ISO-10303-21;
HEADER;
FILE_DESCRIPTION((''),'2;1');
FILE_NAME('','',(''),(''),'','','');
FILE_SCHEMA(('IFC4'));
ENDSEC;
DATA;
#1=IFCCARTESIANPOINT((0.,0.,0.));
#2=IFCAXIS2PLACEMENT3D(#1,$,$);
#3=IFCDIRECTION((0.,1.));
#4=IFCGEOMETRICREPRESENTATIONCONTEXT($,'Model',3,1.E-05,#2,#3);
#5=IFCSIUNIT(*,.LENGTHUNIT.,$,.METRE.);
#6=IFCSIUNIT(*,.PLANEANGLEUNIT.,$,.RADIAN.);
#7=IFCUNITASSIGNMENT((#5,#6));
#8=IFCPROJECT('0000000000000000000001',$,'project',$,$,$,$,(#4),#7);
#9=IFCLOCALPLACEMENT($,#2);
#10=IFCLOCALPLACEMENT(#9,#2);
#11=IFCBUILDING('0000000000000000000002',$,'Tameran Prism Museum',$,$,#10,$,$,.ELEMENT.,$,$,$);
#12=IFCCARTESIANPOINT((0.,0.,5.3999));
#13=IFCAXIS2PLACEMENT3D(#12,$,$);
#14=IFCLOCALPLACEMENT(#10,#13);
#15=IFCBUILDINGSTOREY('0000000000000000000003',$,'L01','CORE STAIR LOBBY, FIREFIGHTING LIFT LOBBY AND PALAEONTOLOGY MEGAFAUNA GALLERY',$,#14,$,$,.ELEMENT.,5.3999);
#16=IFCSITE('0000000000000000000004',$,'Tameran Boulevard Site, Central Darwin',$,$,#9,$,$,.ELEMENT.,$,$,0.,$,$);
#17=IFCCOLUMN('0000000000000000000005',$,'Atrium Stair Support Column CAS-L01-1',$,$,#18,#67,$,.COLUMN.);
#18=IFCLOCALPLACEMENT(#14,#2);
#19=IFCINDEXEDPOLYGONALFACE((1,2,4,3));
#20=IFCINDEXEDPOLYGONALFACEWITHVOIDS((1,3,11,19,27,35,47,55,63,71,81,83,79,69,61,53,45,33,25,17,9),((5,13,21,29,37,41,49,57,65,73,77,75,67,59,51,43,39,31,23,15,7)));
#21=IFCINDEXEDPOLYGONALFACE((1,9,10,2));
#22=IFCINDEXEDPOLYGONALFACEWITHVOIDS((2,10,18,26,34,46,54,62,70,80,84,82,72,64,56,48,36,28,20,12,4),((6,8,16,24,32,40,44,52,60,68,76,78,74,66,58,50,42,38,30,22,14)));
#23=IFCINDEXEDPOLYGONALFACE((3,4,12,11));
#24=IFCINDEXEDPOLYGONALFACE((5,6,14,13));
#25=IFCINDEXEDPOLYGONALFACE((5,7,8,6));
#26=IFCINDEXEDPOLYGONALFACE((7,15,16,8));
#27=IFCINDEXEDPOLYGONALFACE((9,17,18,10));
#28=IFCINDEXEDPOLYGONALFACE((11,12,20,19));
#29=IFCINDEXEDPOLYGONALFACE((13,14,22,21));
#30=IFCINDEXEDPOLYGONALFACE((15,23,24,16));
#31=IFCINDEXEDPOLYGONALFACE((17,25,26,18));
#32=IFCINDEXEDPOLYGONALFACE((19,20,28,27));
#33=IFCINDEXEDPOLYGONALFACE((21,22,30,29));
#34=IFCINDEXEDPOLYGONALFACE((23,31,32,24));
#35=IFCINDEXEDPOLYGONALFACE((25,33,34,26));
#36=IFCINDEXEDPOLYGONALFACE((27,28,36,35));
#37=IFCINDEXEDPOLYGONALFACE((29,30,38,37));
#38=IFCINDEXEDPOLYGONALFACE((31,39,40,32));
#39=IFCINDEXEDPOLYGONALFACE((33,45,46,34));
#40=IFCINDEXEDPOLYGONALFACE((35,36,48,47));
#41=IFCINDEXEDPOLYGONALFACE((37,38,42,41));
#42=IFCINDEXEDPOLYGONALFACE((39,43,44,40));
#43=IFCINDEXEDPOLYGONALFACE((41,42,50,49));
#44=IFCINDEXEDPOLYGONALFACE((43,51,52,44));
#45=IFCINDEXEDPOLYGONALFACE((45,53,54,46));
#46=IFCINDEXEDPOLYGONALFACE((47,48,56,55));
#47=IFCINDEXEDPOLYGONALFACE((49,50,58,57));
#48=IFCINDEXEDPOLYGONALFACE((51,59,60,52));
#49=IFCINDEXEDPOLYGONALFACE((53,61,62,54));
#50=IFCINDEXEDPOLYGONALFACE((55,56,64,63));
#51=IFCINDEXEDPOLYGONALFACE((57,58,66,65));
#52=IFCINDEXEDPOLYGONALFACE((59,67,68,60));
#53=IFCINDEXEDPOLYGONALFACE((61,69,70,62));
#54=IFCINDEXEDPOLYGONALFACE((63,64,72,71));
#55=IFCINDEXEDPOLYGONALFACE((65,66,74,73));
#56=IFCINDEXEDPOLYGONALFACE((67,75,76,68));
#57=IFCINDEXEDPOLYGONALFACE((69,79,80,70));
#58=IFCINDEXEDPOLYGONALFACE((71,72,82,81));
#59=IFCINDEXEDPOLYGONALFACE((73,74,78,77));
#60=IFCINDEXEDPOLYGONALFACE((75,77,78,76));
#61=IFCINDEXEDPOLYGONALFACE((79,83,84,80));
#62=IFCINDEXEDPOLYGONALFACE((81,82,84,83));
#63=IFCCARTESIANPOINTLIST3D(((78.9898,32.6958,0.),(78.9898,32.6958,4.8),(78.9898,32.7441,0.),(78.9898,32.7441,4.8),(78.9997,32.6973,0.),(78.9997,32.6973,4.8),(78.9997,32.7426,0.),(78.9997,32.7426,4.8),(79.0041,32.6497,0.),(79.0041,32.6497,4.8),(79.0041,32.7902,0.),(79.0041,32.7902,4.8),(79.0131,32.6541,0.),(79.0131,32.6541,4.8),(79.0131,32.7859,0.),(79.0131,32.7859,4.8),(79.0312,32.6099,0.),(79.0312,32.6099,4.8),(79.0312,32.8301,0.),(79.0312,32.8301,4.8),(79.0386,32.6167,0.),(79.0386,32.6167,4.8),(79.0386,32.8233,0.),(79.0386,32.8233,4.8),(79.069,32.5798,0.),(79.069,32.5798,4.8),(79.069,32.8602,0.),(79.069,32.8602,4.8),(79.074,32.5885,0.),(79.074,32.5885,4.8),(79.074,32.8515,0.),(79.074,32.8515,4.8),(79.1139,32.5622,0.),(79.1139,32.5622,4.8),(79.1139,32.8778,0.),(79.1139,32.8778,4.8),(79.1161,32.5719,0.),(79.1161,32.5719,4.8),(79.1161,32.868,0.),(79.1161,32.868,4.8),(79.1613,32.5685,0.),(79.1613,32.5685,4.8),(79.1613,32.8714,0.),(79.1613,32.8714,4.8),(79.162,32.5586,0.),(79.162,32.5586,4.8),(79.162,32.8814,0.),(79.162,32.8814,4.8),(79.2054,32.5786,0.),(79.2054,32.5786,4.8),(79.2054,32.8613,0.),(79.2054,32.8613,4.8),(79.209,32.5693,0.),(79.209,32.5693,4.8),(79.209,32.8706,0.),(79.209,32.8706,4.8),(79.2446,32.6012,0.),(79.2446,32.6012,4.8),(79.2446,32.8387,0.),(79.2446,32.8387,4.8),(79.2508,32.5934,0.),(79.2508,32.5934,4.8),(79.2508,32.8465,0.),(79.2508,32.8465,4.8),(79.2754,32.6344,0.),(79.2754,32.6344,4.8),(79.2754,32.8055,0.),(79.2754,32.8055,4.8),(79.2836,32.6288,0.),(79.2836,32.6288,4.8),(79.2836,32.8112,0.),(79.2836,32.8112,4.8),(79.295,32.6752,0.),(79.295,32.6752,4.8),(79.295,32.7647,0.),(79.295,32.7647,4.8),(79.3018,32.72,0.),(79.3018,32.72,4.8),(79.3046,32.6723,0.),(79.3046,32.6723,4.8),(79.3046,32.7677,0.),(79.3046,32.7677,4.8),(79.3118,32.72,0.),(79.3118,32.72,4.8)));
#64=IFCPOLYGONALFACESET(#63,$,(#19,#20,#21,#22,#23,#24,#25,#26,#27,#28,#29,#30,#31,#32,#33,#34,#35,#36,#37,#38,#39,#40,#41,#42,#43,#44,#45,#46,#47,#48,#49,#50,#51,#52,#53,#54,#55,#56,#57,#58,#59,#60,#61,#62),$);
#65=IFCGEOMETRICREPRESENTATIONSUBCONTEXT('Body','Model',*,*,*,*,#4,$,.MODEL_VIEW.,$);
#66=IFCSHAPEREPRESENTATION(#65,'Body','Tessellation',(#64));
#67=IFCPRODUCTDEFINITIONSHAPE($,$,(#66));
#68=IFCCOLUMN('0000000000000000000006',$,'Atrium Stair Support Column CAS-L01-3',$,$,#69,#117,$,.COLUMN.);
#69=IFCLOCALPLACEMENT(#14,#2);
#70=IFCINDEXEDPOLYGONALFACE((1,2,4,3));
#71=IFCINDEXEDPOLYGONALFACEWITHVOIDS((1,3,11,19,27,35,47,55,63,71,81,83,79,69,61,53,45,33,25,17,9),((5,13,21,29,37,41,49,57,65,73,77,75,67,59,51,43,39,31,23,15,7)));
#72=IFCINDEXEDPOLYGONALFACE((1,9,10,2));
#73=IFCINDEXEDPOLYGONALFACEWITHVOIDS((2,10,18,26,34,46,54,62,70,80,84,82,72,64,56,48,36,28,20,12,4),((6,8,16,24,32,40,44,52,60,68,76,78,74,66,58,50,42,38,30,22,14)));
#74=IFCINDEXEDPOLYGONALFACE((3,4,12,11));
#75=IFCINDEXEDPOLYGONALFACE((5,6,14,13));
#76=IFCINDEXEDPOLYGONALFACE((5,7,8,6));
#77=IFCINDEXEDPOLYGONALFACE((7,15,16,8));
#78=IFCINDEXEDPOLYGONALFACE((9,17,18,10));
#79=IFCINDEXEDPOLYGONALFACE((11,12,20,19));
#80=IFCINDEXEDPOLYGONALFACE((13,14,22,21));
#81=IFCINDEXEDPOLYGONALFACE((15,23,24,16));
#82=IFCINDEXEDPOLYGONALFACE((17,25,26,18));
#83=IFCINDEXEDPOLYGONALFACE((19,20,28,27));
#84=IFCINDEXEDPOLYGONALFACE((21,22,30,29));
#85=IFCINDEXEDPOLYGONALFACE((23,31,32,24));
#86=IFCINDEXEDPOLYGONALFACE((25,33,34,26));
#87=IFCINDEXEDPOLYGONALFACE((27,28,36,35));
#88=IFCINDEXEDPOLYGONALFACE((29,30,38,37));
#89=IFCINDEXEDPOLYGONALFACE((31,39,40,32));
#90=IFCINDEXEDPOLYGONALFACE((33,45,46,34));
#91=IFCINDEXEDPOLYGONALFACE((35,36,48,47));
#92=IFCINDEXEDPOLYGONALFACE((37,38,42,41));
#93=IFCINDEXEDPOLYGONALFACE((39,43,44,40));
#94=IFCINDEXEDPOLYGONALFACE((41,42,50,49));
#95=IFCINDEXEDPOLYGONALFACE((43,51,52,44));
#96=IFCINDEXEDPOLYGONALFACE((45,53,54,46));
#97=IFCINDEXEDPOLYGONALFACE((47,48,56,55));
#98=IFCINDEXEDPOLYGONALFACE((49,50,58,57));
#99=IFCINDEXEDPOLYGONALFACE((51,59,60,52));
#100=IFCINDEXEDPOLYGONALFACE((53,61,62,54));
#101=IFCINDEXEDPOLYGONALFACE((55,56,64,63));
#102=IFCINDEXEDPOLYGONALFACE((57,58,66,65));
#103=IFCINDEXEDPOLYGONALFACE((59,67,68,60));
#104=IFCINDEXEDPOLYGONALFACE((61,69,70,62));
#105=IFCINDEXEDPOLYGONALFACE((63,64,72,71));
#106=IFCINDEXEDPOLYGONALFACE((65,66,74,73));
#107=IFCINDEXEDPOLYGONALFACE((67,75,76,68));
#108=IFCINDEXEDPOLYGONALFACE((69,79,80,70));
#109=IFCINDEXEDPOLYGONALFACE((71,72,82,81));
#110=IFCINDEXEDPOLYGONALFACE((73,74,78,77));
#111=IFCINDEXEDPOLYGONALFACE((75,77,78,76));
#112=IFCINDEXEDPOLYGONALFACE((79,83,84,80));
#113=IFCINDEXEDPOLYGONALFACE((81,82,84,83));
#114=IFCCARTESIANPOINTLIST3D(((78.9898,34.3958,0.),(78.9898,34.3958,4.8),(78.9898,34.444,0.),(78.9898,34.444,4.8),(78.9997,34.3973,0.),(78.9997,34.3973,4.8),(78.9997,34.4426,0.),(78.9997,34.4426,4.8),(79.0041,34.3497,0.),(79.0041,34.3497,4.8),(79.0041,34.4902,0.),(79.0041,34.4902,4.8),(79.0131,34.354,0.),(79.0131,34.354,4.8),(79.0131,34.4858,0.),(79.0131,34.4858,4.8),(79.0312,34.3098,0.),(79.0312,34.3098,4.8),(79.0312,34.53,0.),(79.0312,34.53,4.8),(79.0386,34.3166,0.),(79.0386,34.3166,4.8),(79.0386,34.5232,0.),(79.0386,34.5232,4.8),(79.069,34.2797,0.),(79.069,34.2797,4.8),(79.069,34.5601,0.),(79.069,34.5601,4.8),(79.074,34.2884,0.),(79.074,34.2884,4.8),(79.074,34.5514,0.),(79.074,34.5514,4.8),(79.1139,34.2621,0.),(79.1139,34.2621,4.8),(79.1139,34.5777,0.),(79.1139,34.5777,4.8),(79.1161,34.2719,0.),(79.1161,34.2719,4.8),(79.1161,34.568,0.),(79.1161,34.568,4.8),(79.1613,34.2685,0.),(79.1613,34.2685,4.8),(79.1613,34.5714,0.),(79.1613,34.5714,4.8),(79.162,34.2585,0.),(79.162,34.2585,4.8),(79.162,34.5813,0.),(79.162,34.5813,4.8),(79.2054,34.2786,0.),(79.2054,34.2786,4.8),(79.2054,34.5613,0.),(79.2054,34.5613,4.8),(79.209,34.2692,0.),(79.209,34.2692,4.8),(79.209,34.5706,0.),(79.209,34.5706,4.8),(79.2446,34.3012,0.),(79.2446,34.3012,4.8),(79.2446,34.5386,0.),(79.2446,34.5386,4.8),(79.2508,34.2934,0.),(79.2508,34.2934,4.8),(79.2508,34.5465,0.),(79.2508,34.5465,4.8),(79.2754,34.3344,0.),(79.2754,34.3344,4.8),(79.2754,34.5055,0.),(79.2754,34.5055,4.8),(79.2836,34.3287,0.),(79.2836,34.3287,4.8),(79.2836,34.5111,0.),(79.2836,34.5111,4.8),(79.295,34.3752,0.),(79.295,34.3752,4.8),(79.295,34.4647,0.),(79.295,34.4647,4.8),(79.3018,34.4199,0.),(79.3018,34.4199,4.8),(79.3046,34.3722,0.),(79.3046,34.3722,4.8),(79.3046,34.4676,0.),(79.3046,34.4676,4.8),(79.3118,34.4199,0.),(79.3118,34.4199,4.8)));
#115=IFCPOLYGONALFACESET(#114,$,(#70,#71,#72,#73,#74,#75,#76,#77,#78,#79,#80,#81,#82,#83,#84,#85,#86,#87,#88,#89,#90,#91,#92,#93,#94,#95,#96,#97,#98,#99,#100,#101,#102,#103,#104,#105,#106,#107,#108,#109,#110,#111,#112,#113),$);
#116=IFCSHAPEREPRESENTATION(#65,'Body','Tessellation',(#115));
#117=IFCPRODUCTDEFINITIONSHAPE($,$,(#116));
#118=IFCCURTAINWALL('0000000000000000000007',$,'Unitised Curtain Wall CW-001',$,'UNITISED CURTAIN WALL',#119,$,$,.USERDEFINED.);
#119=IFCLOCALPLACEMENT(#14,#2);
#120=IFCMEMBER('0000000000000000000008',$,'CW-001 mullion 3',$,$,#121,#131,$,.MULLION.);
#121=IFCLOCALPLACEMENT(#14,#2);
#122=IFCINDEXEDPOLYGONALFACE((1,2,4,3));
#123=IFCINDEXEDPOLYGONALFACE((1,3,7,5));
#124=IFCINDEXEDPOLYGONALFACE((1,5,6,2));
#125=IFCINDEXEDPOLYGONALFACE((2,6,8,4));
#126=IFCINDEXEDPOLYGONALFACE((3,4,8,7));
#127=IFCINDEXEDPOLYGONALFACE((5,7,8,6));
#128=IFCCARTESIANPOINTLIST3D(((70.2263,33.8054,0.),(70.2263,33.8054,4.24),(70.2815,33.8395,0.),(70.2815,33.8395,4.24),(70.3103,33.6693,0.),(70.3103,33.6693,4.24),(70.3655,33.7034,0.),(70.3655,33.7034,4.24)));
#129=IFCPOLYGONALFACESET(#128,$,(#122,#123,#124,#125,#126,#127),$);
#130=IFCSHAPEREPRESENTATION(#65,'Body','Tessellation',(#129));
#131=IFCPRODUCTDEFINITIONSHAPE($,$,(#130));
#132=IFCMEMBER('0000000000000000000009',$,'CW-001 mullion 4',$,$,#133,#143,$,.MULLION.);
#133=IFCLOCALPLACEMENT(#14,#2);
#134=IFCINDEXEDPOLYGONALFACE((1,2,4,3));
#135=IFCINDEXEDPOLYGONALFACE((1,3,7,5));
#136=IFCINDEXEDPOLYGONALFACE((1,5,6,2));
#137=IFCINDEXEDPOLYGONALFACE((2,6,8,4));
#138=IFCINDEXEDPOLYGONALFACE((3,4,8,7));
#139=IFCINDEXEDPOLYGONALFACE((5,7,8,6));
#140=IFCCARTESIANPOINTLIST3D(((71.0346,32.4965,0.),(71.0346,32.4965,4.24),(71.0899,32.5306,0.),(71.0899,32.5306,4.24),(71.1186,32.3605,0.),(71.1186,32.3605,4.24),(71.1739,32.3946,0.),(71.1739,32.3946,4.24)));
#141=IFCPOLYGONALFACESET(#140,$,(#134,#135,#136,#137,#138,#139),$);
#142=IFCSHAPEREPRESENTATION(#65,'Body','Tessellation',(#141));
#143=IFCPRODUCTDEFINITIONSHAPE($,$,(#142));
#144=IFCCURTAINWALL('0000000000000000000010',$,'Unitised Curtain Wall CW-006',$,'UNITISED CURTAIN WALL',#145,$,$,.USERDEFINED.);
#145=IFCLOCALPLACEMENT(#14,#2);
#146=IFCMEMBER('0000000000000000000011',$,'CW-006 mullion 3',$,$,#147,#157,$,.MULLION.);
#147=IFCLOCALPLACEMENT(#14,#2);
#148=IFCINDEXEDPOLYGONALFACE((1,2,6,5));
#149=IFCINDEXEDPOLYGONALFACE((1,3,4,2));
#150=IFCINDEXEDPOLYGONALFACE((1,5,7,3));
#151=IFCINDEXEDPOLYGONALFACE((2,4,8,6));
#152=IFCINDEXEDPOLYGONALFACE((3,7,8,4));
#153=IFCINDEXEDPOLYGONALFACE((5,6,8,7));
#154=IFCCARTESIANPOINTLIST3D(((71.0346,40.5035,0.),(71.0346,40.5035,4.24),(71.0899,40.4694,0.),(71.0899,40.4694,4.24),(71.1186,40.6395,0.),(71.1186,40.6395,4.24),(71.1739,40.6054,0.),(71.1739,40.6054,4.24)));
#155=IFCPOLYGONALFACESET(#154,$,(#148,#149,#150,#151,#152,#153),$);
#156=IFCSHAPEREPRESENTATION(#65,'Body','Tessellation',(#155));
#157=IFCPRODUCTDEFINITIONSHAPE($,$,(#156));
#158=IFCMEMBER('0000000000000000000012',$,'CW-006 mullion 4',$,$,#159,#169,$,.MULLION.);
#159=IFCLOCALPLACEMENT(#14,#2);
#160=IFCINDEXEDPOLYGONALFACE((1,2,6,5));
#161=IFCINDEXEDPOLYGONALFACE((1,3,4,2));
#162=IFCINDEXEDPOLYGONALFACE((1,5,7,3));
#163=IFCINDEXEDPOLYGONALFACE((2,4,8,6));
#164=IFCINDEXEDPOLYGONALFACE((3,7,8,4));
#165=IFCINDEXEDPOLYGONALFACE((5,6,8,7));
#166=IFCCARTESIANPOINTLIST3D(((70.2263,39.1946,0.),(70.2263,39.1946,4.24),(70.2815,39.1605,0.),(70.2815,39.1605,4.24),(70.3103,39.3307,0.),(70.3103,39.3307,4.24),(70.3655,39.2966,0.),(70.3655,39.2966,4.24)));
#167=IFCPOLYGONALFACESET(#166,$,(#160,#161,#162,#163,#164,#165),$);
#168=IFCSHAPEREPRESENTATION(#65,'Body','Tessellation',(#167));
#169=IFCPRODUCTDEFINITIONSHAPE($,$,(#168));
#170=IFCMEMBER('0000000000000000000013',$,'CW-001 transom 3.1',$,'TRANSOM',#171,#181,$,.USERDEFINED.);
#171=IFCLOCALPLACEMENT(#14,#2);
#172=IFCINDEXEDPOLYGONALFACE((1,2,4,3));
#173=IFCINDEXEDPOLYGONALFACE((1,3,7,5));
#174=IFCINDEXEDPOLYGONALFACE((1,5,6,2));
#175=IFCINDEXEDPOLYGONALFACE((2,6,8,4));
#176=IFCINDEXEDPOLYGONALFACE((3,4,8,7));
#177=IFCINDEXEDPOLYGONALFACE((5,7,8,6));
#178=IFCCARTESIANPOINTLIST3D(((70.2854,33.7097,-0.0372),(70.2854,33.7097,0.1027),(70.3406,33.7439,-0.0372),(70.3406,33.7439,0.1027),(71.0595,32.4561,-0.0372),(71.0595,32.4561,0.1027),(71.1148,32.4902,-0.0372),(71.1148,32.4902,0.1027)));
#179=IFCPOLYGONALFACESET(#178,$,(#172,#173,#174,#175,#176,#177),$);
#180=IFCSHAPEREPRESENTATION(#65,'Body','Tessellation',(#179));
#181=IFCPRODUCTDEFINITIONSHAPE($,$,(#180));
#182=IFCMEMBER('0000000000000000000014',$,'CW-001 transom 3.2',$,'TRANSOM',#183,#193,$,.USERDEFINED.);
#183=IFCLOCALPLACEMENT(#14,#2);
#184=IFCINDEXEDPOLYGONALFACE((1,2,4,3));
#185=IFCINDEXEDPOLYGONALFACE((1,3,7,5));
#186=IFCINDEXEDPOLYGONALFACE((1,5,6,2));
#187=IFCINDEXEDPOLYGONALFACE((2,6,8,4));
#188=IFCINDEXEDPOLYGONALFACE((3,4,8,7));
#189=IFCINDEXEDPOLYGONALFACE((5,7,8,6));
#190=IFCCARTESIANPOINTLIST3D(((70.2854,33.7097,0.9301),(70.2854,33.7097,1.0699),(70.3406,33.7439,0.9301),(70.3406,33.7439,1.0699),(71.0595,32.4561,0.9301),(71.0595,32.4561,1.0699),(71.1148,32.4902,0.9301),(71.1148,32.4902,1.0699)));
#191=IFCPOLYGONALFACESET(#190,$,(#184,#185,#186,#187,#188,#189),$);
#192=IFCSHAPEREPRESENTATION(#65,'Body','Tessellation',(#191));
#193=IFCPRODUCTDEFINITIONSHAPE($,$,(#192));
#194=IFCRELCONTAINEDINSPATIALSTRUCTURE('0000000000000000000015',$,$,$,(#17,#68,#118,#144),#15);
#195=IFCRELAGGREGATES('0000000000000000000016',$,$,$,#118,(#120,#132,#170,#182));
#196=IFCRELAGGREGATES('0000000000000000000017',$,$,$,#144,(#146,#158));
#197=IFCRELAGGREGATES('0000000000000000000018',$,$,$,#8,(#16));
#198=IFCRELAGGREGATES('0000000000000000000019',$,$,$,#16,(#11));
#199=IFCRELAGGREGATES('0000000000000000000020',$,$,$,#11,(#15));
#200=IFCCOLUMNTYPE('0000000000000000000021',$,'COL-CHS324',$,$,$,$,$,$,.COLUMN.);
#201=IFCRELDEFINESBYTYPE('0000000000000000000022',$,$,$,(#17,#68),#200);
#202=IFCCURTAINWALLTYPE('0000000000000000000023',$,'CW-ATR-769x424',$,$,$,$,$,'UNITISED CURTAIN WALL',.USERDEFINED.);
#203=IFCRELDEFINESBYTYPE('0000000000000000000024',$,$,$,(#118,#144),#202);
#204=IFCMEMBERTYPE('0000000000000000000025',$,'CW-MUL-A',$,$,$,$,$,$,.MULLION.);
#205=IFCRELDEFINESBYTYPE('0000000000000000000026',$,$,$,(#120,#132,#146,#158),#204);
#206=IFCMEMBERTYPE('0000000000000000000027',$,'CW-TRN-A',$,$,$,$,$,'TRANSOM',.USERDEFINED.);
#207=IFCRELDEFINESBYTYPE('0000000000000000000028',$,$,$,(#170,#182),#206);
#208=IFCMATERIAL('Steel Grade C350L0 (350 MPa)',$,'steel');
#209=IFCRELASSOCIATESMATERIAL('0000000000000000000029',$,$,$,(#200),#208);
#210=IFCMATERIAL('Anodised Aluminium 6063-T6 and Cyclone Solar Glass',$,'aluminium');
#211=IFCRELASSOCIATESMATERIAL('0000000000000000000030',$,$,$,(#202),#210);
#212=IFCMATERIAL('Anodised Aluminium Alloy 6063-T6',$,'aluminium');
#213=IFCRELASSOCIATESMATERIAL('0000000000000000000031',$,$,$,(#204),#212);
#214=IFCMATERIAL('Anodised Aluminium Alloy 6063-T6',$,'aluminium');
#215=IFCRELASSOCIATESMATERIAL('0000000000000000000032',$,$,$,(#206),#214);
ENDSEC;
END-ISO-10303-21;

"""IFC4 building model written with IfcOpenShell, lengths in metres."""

from ifc_helpers import new_model, si_unit, direction, frame, origin, origin_2d, place, context, subcontext, project, spatial, rectangle, hollow_circle, extrude, material, material_profile, profile_set, type_object, element, aggregate, save


model = new_model("IFC4")

# Units and contexts
model_context = context("Model", 3, precision=1e-05, world=origin(), true_north=direction((0.0, 1.0)))
body_context = subcontext(model_context, "Body", "Model", "MODEL_VIEW")
ifc_project = project(units=[si_unit("LENGTHUNIT", "METRE"), si_unit("PLANEANGLEUNIT", "RADIAN")], contexts=[model_context])

# Site, building, storey
site_placement = place(None, origin())
site = spatial("IfcSite", under=ifc_project, at=site_placement, Name="Tameran Boulevard Site, Central Darwin", CompositionType="ELEMENT", RefElevation=0.0)
building_placement = place(site_placement, origin())
building = spatial("IfcBuilding", under=site, at=building_placement, Name="Tameran Prism Museum", CompositionType="ELEMENT")
storey_placement = place(building_placement, frame((0.0, 0.0, 5.3999)))
storey = spatial("IfcBuildingStorey", under=building, at=storey_placement, Name="L01", Description="CORE STAIR LOBBY, FIREFIGHTING LIFT LOBBY AND PALAEONTOLOGY MEGAFAUNA GALLERY", CompositionType="ELEMENT", Elevation=5.3999)

# Columns
ifc_material_1 = material(Name="Steel Grade C350L0 (350 MPa)", Category="steel")
ifc_material_profile_1 = material_profile(ifc_material_1, hollow_circle(Radius=0.1619, WallThickness=0.01, at=origin_2d()))
ifc_profile_set_1 = profile_set([ifc_material_profile_1])
column_type = type_object("IfcColumnType", Name="COL-CHS324", PredefinedType="COLUMN", material=ifc_profile_set_1)
for number, where, z_axis, x_axis, name in (
    (1, (79.1499, 32.72, 0.0), (0.0, 0.0, 1.0), (1.0, 0.0, 0.0), "Atrium Stair Support Column CAS-L01-1"),
    (2, (79.1499, 34.4199, 0.0), (0.0, 0.0, 1.0), (1.0, 0.0, 0.0), "Atrium Stair Support Column CAS-L01-3"),
):
    element("IfcColumn", number, at=place(storey_placement, frame(where, z_axis=z_axis, x_axis=x_axis)), inside=storey, type_object=column_type, Name=name, PredefinedType="COLUMN", context=body_context, shape_type="SweptSolid", body=[
        extrude(hollow_circle(Radius=0.1619, WallThickness=0.01, at=origin_2d()), origin(), (0.0, 0.0, 1.0), 4.8),
    ])

# Curtain walls, members
ifc_material_2 = material(Name="Anodised Aluminium 6063-T6 and Cyclone Solar Glass", Category="aluminium")
curtain_wall_type = type_object("IfcCurtainWallType", Name="CW-ATR-769x424", ElementType="UNITISED CURTAIN WALL", PredefinedType="USERDEFINED", material=ifc_material_2)
curtain_wall_1_placement = place(storey_placement, origin())
curtain_wall_1 = element("IfcCurtainWall", 3, at=curtain_wall_1_placement, inside=storey, type_object=curtain_wall_type, Name="Unitised Curtain Wall CW-001", ObjectType="UNITISED CURTAIN WALL", PredefinedType="USERDEFINED")
ifc_material_3 = material(Name="Anodised Aluminium Alloy 6063-T6", Category="aluminium")
ifc_material_profile_2 = material_profile(ifc_material_3, rectangle(XDim=0.0649, YDim=0.1599, at=origin_2d()))
ifc_profile_set_2 = profile_set([ifc_material_profile_2])
member_type_1 = type_object("IfcMemberType", Name="CW-MUL-A", PredefinedType="MULLION", material=ifc_profile_set_2)
member_1_placement = place(storey_placement, frame((70.2959, 33.7544, 0.0), z_axis=(0.0, 0.0, 1.0), x_axis=(0.850791, 0.525504, 0.0)))
member_1 = element("IfcMember", 4, at=member_1_placement, type_object=member_type_1, Name="CW-001 mullion 3", PredefinedType="MULLION", context=body_context, shape_type="SweptSolid", body=[
    extrude(rectangle(XDim=0.0649, YDim=0.1599, at=origin_2d()), origin(), (0.0, 0.0, 1.0), 4.24),
])
member_2_placement = place(storey_placement, frame((71.1042, 32.4456, 0.0), z_axis=(0.0, 0.0, 1.0), x_axis=(0.850791, 0.525504, 0.0)))
member_2 = element("IfcMember", 5, at=member_2_placement, type_object=member_type_1, Name="CW-001 mullion 4", PredefinedType="MULLION", context=body_context, shape_type="SweptSolid", body=[
    extrude(rectangle(XDim=0.0649, YDim=0.1599, at=origin_2d()), origin(), (0.0, 0.0, 1.0), 4.24),
])
curtain_wall_2_placement = place(storey_placement, origin())
curtain_wall_2 = element("IfcCurtainWall", 6, at=curtain_wall_2_placement, inside=storey, type_object=curtain_wall_type, Name="Unitised Curtain Wall CW-006", ObjectType="UNITISED CURTAIN WALL", PredefinedType="USERDEFINED")
member_3_placement = place(storey_placement, frame((71.1042, 40.5544, 0.0), z_axis=(0.0, 0.0, 1.0), x_axis=(0.850791, -0.525504, 0.0)))
member_3 = element("IfcMember", 7, at=member_3_placement, type_object=member_type_1, Name="CW-006 mullion 3", PredefinedType="MULLION", context=body_context, shape_type="SweptSolid", body=[
    extrude(rectangle(XDim=0.0649, YDim=0.1599, at=origin_2d()), origin(), (0.0, 0.0, 1.0), 4.24),
])
member_4_placement = place(storey_placement, frame((70.2959, 39.2456, 0.0), z_axis=(0.0, 0.0, 1.0), x_axis=(0.850791, -0.525504, 0.0)))
member_4 = element("IfcMember", 8, at=member_4_placement, type_object=member_type_1, Name="CW-006 mullion 4", PredefinedType="MULLION", context=body_context, shape_type="SweptSolid", body=[
    extrude(rectangle(XDim=0.0649, YDim=0.1599, at=origin_2d()), origin(), (0.0, 0.0, 1.0), 4.24),
])

# Members
ifc_material_4 = material(Name="Anodised Aluminium Alloy 6063-T6", Category="aluminium")
ifc_material_profile_3 = material_profile(ifc_material_4, rectangle(XDim=0.0649, YDim=0.1399, at=origin_2d()))
ifc_profile_set_3 = profile_set([ifc_material_profile_3])
member_type_2 = type_object("IfcMemberType", Name="CW-TRN-A", ElementType="TRANSOM", PredefinedType="USERDEFINED", material=ifc_profile_set_3)
member_5_placement = place(storey_placement, frame((70.313, 33.7268, 0.0327), z_axis=(0.525419, -0.850844, 0.0), x_axis=(0.850844, 0.525419, 0.0)))
member_5 = element("IfcMember", 9, at=member_5_placement, type_object=member_type_2, Name="CW-001 transom 3.1", ObjectType="TRANSOM", PredefinedType="USERDEFINED", context=body_context, shape_type="SweptSolid", body=[
    extrude(rectangle(XDim=0.0649, YDim=0.1399, at=origin_2d()), origin(), (0.0, 0.0, 1.0), 1.4734),
])
member_6_placement = place(storey_placement, frame((70.313, 33.7268, 1.0), z_axis=(0.525419, -0.850844, 0.0), x_axis=(0.850844, 0.525419, 0.0)))
member_6 = element("IfcMember", 10, at=member_6_placement, type_object=member_type_2, Name="CW-001 transom 3.2", ObjectType="TRANSOM", PredefinedType="USERDEFINED", context=body_context, shape_type="SweptSolid", body=[
    extrude(rectangle(XDim=0.0649, YDim=0.1399, at=origin_2d()), origin(), (0.0, 0.0, 1.0), 1.4734),
])

aggregate(curtain_wall_1, [member_1, member_2, member_5, member_6])
aggregate(curtain_wall_2, [member_3, member_4])

save(model, "model.ifc")
